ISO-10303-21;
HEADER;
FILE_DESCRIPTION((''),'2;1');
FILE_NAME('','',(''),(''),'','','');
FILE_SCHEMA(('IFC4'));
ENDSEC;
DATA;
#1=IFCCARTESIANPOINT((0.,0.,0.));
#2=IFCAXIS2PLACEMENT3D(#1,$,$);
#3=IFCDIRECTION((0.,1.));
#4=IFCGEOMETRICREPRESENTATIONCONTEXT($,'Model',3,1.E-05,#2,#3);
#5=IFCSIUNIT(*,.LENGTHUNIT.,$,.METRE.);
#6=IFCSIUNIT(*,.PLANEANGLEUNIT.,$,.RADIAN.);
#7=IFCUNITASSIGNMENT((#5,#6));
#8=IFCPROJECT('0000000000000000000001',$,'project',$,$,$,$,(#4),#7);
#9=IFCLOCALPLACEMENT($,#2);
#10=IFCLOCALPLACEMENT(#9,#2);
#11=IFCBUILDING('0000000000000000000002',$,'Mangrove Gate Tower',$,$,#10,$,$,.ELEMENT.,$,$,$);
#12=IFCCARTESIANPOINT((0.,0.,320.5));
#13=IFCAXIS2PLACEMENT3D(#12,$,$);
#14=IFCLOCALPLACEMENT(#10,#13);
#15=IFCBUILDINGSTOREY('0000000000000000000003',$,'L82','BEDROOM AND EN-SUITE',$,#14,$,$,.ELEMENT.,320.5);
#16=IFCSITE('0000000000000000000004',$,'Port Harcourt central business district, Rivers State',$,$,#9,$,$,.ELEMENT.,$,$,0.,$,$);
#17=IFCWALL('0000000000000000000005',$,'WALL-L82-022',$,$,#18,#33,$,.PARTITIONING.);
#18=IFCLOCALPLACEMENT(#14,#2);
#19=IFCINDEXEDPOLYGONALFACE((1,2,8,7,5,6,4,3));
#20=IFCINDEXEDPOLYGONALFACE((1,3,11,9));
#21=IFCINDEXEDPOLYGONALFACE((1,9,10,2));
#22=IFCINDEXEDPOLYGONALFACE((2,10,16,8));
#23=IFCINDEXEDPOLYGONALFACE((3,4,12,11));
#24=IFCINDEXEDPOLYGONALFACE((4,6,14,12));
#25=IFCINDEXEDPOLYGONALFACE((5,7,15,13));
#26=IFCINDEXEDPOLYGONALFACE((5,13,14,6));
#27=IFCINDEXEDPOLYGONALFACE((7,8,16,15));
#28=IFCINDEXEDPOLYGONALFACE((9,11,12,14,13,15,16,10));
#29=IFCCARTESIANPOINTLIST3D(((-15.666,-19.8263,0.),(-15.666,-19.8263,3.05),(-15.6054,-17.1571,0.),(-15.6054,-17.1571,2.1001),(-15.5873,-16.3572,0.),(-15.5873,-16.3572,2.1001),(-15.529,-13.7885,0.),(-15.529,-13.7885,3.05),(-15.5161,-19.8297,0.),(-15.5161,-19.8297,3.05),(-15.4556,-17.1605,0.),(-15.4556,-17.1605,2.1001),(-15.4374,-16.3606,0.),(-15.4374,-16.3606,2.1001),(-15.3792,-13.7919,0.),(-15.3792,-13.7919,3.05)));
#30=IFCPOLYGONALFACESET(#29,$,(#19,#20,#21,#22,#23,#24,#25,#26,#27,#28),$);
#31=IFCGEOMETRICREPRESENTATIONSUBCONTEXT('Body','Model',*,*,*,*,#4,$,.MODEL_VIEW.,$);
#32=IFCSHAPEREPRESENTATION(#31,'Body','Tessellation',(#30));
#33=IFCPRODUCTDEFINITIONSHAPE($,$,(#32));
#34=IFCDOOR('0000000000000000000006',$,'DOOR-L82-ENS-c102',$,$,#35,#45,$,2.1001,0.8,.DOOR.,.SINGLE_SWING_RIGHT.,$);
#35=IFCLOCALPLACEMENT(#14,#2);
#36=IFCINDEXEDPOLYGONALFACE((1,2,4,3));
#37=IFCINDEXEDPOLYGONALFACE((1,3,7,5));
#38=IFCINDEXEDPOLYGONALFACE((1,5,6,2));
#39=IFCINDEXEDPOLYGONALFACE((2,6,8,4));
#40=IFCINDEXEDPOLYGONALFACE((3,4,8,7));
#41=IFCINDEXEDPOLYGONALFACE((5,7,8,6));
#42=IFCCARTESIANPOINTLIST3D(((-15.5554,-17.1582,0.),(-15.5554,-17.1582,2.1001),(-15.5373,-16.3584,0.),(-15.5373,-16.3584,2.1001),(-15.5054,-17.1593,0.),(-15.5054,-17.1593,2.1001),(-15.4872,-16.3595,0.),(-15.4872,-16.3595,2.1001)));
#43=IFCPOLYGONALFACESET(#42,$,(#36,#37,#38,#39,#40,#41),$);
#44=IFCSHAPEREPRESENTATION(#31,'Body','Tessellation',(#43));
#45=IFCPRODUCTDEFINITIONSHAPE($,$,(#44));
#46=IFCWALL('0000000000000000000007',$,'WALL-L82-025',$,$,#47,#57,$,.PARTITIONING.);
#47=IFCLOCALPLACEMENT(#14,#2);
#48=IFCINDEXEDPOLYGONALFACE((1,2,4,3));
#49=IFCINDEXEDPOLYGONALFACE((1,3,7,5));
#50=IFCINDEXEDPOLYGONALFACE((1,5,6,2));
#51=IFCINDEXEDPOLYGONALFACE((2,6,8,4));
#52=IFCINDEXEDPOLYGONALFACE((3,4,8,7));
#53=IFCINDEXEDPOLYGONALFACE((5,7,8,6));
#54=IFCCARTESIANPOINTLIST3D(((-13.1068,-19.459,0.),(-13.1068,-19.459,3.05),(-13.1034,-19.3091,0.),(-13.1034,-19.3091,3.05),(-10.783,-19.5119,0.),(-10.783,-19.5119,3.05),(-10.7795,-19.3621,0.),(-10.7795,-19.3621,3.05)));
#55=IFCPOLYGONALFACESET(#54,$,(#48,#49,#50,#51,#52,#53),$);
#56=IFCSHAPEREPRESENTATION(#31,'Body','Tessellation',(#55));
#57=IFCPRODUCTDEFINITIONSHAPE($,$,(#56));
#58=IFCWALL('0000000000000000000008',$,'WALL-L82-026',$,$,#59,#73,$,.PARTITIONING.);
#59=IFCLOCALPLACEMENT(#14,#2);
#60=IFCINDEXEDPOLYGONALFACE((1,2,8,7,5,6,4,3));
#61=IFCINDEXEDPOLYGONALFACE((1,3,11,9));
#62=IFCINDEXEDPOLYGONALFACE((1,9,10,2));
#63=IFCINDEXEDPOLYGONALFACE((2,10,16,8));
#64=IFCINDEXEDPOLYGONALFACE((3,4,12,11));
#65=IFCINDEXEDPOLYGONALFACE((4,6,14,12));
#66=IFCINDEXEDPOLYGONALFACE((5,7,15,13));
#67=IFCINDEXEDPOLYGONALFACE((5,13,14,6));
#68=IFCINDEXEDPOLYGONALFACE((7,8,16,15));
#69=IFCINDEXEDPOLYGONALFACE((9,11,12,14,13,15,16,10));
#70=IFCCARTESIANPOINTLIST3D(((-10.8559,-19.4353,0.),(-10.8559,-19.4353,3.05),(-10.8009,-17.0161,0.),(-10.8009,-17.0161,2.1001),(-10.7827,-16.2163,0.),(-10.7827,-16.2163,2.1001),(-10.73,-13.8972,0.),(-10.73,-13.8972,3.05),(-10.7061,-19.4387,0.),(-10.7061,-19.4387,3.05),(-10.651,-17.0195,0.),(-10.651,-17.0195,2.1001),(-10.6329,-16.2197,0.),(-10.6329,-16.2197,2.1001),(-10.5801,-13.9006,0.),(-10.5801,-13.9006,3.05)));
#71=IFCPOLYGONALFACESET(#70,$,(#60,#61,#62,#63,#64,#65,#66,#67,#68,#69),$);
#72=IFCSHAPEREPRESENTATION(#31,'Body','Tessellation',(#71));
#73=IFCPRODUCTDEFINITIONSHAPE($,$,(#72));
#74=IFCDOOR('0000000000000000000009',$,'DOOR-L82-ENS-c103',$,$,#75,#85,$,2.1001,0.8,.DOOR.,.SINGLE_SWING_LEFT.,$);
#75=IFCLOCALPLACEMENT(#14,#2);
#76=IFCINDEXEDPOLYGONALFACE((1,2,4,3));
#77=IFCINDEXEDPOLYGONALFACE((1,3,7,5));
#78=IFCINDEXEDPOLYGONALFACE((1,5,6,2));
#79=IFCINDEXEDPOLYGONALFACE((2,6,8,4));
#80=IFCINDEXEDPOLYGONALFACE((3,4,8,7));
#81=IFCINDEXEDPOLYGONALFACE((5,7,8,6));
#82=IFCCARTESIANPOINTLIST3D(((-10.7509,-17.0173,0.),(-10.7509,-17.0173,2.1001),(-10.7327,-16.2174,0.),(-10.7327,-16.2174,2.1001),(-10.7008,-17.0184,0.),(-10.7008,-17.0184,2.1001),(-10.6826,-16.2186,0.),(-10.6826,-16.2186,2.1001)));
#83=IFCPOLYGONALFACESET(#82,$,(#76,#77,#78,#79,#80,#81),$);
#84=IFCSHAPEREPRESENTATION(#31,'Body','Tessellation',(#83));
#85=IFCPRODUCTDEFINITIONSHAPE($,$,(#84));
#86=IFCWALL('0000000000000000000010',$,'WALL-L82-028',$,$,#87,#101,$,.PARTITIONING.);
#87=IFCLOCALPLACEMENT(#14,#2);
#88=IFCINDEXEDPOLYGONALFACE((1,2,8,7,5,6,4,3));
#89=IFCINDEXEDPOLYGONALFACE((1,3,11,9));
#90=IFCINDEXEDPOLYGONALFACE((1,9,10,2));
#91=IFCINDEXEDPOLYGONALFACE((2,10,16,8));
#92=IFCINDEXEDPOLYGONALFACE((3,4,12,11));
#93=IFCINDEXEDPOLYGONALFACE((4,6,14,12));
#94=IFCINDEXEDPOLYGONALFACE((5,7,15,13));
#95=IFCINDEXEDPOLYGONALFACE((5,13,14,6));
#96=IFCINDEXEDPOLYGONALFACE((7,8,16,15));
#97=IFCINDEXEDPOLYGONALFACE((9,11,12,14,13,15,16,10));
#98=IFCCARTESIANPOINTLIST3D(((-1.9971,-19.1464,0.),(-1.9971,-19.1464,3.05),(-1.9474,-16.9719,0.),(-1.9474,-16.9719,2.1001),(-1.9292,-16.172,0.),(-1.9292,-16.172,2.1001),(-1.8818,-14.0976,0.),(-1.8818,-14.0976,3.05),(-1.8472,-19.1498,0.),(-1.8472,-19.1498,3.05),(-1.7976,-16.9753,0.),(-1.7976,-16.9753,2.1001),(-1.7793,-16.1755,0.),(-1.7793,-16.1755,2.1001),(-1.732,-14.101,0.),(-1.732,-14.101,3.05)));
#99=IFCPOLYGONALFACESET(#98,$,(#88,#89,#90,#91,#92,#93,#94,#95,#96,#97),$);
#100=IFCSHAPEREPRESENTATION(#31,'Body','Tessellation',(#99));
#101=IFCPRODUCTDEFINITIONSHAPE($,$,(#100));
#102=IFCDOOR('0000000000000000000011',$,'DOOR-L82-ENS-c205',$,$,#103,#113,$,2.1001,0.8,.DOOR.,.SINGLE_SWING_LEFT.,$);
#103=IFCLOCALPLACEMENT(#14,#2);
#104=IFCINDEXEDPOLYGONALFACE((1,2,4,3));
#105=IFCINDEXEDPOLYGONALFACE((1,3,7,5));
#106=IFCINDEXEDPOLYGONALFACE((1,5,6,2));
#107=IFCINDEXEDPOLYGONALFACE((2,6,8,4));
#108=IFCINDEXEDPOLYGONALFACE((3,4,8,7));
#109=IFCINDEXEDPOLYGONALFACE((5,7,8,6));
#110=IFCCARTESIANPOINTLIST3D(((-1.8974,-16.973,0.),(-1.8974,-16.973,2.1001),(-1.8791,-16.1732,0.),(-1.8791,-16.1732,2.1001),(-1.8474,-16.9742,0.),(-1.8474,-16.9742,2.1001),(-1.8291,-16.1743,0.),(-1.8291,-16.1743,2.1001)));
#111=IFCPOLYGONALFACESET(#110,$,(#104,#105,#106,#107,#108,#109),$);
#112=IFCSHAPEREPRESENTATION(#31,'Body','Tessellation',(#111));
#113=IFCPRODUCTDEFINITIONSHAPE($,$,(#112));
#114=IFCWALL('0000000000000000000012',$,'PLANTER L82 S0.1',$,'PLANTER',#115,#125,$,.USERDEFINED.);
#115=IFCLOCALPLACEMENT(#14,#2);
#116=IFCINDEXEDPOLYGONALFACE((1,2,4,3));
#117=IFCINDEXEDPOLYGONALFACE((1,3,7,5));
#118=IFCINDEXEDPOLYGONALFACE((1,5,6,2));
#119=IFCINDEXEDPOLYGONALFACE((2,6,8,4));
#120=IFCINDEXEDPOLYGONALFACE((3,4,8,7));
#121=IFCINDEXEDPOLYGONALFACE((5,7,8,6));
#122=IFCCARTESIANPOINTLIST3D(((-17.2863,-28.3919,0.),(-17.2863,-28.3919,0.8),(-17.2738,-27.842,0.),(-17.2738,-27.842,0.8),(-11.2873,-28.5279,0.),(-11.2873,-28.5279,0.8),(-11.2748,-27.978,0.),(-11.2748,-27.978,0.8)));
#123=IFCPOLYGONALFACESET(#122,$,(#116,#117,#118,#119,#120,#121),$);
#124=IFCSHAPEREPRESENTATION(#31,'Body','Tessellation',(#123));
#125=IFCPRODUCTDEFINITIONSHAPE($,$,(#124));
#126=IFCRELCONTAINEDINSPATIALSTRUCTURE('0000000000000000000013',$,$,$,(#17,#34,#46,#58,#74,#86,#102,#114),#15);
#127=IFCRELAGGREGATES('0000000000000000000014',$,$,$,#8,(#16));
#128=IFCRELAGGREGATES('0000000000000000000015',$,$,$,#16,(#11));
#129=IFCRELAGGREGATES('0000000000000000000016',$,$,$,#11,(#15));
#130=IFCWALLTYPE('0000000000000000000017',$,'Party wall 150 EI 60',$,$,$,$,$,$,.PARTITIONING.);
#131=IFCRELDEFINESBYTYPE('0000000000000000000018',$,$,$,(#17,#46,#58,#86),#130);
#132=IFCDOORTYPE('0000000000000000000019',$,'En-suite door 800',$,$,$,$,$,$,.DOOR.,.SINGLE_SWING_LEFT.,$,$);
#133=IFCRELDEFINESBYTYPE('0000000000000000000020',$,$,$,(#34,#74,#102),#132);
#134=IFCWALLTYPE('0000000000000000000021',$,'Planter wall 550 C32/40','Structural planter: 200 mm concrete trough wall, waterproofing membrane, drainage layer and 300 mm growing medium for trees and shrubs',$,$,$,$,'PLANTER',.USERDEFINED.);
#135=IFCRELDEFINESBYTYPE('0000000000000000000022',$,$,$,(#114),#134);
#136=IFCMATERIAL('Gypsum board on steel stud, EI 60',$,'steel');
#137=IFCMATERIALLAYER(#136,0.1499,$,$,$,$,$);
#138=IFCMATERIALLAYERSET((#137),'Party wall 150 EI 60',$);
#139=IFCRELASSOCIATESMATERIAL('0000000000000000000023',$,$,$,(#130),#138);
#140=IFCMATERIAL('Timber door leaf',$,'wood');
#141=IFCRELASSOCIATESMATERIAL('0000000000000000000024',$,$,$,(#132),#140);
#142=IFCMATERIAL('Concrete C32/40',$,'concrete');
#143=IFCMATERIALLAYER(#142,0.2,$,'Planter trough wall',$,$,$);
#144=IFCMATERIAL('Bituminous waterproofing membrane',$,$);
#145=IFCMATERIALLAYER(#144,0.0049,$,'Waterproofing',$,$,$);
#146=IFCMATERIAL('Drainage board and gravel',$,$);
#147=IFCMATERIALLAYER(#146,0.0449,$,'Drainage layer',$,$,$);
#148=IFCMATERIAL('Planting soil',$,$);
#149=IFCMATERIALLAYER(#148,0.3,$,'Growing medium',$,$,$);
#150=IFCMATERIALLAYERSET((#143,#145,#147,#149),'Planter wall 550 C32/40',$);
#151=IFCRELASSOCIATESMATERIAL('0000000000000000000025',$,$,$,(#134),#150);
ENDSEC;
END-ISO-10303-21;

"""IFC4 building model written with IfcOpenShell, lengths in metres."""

from ifc_helpers import new_model, si_unit, direction, frame, frame_2d, origin, place, context, subcontext, project, spatial, rectangle, extrude, material, layer, layer_set, type_object, element, fill, save


model = new_model("IFC4")

# Units and contexts
model_context = context("Model", 3, precision=1e-05, world=origin(), true_north=direction((0.0, 1.0)))
body_context = subcontext(model_context, "Body", "Model", "MODEL_VIEW")
ifc_project = project(units=[si_unit("LENGTHUNIT", "METRE"), si_unit("PLANEANGLEUNIT", "RADIAN")], contexts=[model_context])

# Site, building, storey
site_placement = place(None, origin())
site = spatial("IfcSite", under=ifc_project, at=site_placement, Name="Port Harcourt central business district, Rivers State", CompositionType="ELEMENT", RefElevation=0.0)
building_placement = place(site_placement, origin())
building = spatial("IfcBuilding", under=site, at=building_placement, Name="Mangrove Gate Tower", CompositionType="ELEMENT")
storey_placement = place(building_placement, frame((0.0, 0.0, 320.5)))
storey = spatial("IfcBuildingStorey", under=building, at=storey_placement, Name="L82", Description="BEDROOM AND EN-SUITE", CompositionType="ELEMENT", Elevation=320.5)

# Shared definitions
ifc_material_1 = material(Name="Gypsum board on steel stud, EI 60", Category="steel")
ifc_layer_1 = layer(ifc_material_1, 0.1499)
ifc_layer_set_1 = layer_set([ifc_layer_1], Name="Party wall 150 EI 60")
wall_type_1 = type_object("IfcWallType", Name="Party wall 150 EI 60", PredefinedType="PARTITIONING", material=ifc_layer_set_1)

# Shared definitions
ifc_material_2 = material(Name="Timber door leaf", Category="wood")
door_type = type_object("IfcDoorType", Name="En-suite door 800", OperationType="SINGLE_SWING_LEFT", PredefinedType="DOOR", material=ifc_material_2)

# Wall, opening, door
wall_1_placement = place(storey_placement, frame((-15.5911, -19.8279, 0.0), z_axis=(0.0, 0.0, 1.0), x_axis=(0.022678, 0.999743, 0.0)))
wall_1 = element("IfcWall", 1, at=wall_1_placement, inside=storey, type_object=wall_type_1, Name="WALL-L82-022", PredefinedType="PARTITIONING", context=body_context, shape_type="SweptSolid", body=[
    extrude(rectangle(XDim=6.0393, YDim=0.1499, at=frame_2d((3.0195, 0.0))), origin(), (0.0, 0.0, 1.0), 3.05),
])
opening_1_placement = place(wall_1_placement, frame((2.6699, 0.0, 0.0)))
opening_1 = element("IfcOpeningElement", 2, at=opening_1_placement, cuts=wall_1, PredefinedType="OPENING", context=body_context, shape_type="SweptSolid", body=[
    extrude(rectangle(XDim=0.8, YDim=2.1001, at=frame_2d((0.3999, 1.05))), frame((0.0, 0.085, 0.0), z_axis=(0.0, -1.0, 0.0), x_axis=(1.0, 0.0, 0.0)), (0.0, 0.0, 1.0), 0.1699),
])
door_1_placement = place(opening_1_placement, origin())
door_1 = element("IfcDoor", 3, at=door_1_placement, inside=storey, type_object=door_type, Name="DOOR-L82-ENS-c102", OperationType="SINGLE_SWING_RIGHT", OverallHeight=2.1001, OverallWidth=0.8, PredefinedType="DOOR", context=body_context, shape_type="SweptSolid", body=[
    extrude(rectangle(XDim=0.8, YDim=2.1001, at=frame_2d((0.3999, 1.05))), frame((0.0, 0.0249, 0.0), z_axis=(0.0, -1.0, 0.0), x_axis=(1.0, 0.0, 0.0)), (0.0, 0.0, 1.0), 0.05),
])
fill(opening_1, door_1)

# Wall
wall_2_placement = place(storey_placement, frame((-13.105, -19.384, 0.0), z_axis=(0.0, 0.0, 1.0), x_axis=(0.99974, -0.022791, 0.0)))
element("IfcWall", 4, at=wall_2_placement, inside=storey, type_object=wall_type_1, Name="WALL-L82-025", PredefinedType="PARTITIONING", context=body_context, shape_type="SweptSolid", body=[
    extrude(rectangle(XDim=2.3245, YDim=0.1499, at=frame_2d((1.1621, 0.0))), origin(), (0.0, 0.0, 1.0), 3.05),
])

# Walls, openings, doors
wall_3_placement = place(storey_placement, frame((-10.781, -19.437, 0.0), z_axis=(0.0, 0.0, 1.0), x_axis=(0.022741, 0.999741, 0.0)))
wall_3 = element("IfcWall", 5, at=wall_3_placement, inside=storey, type_object=wall_type_1, Name="WALL-L82-026", PredefinedType="PARTITIONING", context=body_context, shape_type="SweptSolid", body=[
    extrude(rectangle(XDim=5.5396, YDim=0.1499, at=frame_2d((2.7698, 0.0))), origin(), (0.0, 0.0, 1.0), 3.05),
])
opening_2_placement = place(wall_3_placement, frame((2.4199, 0.0, 0.0)))
opening_2 = element("IfcOpeningElement", 6, at=opening_2_placement, cuts=wall_3, PredefinedType="OPENING", context=body_context, shape_type="SweptSolid", body=[
    extrude(rectangle(XDim=0.8, YDim=2.1001, at=frame_2d((0.3999, 1.05))), frame((0.0, 0.085, 0.0), z_axis=(0.0, -1.0, 0.0), x_axis=(1.0, 0.0, 0.0)), (0.0, 0.0, 1.0), 0.1699),
])
door_2_placement = place(opening_2_placement, origin())
door_2 = element("IfcDoor", 7, at=door_2_placement, inside=storey, type_object=door_type, Name="DOOR-L82-ENS-c103", OperationType="SINGLE_SWING_LEFT", OverallHeight=2.1001, OverallWidth=0.8, PredefinedType="DOOR", context=body_context, shape_type="SweptSolid", body=[
    extrude(rectangle(XDim=0.8, YDim=2.1001, at=frame_2d((0.3999, 1.05))), frame((0.0, 0.0249, 0.0), z_axis=(0.0, -1.0, 0.0), x_axis=(1.0, 0.0, 0.0)), (0.0, 0.0, 1.0), 0.05),
])
fill(opening_2, door_2)
wall_4_placement = place(storey_placement, frame((-1.9221, -19.1479, 0.0), z_axis=(0.0, 0.0, 1.0), x_axis=(0.022818, 0.99974, 0.0)))
wall_4 = element("IfcWall", 8, at=wall_4_placement, inside=storey, type_object=wall_type_1, Name="WALL-L82-028", PredefinedType="PARTITIONING", context=body_context, shape_type="SweptSolid", body=[
    extrude(rectangle(XDim=5.05, YDim=0.1499, at=frame_2d((2.5249, 0.0))), origin(), (0.0, 0.0, 1.0), 3.05),
])
opening_3_placement = place(wall_4_placement, frame((2.175, 0.0, 0.0)))
opening_3 = element("IfcOpeningElement", 9, at=opening_3_placement, cuts=wall_4, PredefinedType="OPENING", context=body_context, shape_type="SweptSolid", body=[
    extrude(rectangle(XDim=0.8, YDim=2.1001, at=frame_2d((0.3999, 1.05))), frame((0.0, 0.085, 0.0), z_axis=(0.0, -1.0, 0.0), x_axis=(1.0, 0.0, 0.0)), (0.0, 0.0, 1.0), 0.1699),
])
door_3_placement = place(opening_3_placement, origin())
door_3 = element("IfcDoor", 10, at=door_3_placement, inside=storey, type_object=door_type, Name="DOOR-L82-ENS-c205", OperationType="SINGLE_SWING_LEFT", OverallHeight=2.1001, OverallWidth=0.8, PredefinedType="DOOR", context=body_context, shape_type="SweptSolid", body=[
    extrude(rectangle(XDim=0.8, YDim=2.1001, at=frame_2d((0.3999, 1.05))), frame((0.0, 0.0249, 0.0), z_axis=(0.0, -1.0, 0.0), x_axis=(1.0, 0.0, 0.0)), (0.0, 0.0, 1.0), 0.05),
])
fill(opening_3, door_3)

# Wall
ifc_material_3 = material(Name="Concrete C32/40", Category="concrete")
ifc_layer_2 = layer(ifc_material_3, 0.2, Name="Planter trough wall")
ifc_material_4 = material(Name="Bituminous waterproofing membrane")
ifc_layer_3 = layer(ifc_material_4, 0.0049, Name="Waterproofing")
ifc_material_5 = material(Name="Drainage board and gravel")
ifc_layer_4 = layer(ifc_material_5, 0.0449, Name="Drainage layer")
ifc_material_6 = material(Name="Planting soil")
ifc_layer_5 = layer(ifc_material_6, 0.3, Name="Growing medium")
ifc_layer_set_2 = layer_set([ifc_layer_2, ifc_layer_3, ifc_layer_4, ifc_layer_5], Name="Planter wall 550 C32/40")
wall_type_2 = type_object("IfcWallType", Name="Planter wall 550 C32/40", Description="Structural planter: 200 mm concrete trough wall, waterproofing membrane, drainage layer and 300 mm growing medium for trees and shrubs", ElementType="PLANTER", PredefinedType="USERDEFINED", material=ifc_layer_set_2)
wall_5_placement = place(storey_placement, frame((-17.28, -28.1169, 0.0), z_axis=(0.0, 0.0, 1.0), x_axis=(0.999743, -0.022662, 0.0)))
element("IfcWall", 11, at=wall_5_placement, inside=storey, type_object=wall_type_2, Name="PLANTER L82 S0.1", ObjectType="PLANTER", PredefinedType="USERDEFINED", context=body_context, shape_type="SweptSolid", body=[
    extrude(rectangle(XDim=6.0005, YDim=0.55, at=frame_2d((3.0002, 0.0))), origin(), (0.0, 0.0, 1.0), 0.8),
])

save(model, "model.ifc")
